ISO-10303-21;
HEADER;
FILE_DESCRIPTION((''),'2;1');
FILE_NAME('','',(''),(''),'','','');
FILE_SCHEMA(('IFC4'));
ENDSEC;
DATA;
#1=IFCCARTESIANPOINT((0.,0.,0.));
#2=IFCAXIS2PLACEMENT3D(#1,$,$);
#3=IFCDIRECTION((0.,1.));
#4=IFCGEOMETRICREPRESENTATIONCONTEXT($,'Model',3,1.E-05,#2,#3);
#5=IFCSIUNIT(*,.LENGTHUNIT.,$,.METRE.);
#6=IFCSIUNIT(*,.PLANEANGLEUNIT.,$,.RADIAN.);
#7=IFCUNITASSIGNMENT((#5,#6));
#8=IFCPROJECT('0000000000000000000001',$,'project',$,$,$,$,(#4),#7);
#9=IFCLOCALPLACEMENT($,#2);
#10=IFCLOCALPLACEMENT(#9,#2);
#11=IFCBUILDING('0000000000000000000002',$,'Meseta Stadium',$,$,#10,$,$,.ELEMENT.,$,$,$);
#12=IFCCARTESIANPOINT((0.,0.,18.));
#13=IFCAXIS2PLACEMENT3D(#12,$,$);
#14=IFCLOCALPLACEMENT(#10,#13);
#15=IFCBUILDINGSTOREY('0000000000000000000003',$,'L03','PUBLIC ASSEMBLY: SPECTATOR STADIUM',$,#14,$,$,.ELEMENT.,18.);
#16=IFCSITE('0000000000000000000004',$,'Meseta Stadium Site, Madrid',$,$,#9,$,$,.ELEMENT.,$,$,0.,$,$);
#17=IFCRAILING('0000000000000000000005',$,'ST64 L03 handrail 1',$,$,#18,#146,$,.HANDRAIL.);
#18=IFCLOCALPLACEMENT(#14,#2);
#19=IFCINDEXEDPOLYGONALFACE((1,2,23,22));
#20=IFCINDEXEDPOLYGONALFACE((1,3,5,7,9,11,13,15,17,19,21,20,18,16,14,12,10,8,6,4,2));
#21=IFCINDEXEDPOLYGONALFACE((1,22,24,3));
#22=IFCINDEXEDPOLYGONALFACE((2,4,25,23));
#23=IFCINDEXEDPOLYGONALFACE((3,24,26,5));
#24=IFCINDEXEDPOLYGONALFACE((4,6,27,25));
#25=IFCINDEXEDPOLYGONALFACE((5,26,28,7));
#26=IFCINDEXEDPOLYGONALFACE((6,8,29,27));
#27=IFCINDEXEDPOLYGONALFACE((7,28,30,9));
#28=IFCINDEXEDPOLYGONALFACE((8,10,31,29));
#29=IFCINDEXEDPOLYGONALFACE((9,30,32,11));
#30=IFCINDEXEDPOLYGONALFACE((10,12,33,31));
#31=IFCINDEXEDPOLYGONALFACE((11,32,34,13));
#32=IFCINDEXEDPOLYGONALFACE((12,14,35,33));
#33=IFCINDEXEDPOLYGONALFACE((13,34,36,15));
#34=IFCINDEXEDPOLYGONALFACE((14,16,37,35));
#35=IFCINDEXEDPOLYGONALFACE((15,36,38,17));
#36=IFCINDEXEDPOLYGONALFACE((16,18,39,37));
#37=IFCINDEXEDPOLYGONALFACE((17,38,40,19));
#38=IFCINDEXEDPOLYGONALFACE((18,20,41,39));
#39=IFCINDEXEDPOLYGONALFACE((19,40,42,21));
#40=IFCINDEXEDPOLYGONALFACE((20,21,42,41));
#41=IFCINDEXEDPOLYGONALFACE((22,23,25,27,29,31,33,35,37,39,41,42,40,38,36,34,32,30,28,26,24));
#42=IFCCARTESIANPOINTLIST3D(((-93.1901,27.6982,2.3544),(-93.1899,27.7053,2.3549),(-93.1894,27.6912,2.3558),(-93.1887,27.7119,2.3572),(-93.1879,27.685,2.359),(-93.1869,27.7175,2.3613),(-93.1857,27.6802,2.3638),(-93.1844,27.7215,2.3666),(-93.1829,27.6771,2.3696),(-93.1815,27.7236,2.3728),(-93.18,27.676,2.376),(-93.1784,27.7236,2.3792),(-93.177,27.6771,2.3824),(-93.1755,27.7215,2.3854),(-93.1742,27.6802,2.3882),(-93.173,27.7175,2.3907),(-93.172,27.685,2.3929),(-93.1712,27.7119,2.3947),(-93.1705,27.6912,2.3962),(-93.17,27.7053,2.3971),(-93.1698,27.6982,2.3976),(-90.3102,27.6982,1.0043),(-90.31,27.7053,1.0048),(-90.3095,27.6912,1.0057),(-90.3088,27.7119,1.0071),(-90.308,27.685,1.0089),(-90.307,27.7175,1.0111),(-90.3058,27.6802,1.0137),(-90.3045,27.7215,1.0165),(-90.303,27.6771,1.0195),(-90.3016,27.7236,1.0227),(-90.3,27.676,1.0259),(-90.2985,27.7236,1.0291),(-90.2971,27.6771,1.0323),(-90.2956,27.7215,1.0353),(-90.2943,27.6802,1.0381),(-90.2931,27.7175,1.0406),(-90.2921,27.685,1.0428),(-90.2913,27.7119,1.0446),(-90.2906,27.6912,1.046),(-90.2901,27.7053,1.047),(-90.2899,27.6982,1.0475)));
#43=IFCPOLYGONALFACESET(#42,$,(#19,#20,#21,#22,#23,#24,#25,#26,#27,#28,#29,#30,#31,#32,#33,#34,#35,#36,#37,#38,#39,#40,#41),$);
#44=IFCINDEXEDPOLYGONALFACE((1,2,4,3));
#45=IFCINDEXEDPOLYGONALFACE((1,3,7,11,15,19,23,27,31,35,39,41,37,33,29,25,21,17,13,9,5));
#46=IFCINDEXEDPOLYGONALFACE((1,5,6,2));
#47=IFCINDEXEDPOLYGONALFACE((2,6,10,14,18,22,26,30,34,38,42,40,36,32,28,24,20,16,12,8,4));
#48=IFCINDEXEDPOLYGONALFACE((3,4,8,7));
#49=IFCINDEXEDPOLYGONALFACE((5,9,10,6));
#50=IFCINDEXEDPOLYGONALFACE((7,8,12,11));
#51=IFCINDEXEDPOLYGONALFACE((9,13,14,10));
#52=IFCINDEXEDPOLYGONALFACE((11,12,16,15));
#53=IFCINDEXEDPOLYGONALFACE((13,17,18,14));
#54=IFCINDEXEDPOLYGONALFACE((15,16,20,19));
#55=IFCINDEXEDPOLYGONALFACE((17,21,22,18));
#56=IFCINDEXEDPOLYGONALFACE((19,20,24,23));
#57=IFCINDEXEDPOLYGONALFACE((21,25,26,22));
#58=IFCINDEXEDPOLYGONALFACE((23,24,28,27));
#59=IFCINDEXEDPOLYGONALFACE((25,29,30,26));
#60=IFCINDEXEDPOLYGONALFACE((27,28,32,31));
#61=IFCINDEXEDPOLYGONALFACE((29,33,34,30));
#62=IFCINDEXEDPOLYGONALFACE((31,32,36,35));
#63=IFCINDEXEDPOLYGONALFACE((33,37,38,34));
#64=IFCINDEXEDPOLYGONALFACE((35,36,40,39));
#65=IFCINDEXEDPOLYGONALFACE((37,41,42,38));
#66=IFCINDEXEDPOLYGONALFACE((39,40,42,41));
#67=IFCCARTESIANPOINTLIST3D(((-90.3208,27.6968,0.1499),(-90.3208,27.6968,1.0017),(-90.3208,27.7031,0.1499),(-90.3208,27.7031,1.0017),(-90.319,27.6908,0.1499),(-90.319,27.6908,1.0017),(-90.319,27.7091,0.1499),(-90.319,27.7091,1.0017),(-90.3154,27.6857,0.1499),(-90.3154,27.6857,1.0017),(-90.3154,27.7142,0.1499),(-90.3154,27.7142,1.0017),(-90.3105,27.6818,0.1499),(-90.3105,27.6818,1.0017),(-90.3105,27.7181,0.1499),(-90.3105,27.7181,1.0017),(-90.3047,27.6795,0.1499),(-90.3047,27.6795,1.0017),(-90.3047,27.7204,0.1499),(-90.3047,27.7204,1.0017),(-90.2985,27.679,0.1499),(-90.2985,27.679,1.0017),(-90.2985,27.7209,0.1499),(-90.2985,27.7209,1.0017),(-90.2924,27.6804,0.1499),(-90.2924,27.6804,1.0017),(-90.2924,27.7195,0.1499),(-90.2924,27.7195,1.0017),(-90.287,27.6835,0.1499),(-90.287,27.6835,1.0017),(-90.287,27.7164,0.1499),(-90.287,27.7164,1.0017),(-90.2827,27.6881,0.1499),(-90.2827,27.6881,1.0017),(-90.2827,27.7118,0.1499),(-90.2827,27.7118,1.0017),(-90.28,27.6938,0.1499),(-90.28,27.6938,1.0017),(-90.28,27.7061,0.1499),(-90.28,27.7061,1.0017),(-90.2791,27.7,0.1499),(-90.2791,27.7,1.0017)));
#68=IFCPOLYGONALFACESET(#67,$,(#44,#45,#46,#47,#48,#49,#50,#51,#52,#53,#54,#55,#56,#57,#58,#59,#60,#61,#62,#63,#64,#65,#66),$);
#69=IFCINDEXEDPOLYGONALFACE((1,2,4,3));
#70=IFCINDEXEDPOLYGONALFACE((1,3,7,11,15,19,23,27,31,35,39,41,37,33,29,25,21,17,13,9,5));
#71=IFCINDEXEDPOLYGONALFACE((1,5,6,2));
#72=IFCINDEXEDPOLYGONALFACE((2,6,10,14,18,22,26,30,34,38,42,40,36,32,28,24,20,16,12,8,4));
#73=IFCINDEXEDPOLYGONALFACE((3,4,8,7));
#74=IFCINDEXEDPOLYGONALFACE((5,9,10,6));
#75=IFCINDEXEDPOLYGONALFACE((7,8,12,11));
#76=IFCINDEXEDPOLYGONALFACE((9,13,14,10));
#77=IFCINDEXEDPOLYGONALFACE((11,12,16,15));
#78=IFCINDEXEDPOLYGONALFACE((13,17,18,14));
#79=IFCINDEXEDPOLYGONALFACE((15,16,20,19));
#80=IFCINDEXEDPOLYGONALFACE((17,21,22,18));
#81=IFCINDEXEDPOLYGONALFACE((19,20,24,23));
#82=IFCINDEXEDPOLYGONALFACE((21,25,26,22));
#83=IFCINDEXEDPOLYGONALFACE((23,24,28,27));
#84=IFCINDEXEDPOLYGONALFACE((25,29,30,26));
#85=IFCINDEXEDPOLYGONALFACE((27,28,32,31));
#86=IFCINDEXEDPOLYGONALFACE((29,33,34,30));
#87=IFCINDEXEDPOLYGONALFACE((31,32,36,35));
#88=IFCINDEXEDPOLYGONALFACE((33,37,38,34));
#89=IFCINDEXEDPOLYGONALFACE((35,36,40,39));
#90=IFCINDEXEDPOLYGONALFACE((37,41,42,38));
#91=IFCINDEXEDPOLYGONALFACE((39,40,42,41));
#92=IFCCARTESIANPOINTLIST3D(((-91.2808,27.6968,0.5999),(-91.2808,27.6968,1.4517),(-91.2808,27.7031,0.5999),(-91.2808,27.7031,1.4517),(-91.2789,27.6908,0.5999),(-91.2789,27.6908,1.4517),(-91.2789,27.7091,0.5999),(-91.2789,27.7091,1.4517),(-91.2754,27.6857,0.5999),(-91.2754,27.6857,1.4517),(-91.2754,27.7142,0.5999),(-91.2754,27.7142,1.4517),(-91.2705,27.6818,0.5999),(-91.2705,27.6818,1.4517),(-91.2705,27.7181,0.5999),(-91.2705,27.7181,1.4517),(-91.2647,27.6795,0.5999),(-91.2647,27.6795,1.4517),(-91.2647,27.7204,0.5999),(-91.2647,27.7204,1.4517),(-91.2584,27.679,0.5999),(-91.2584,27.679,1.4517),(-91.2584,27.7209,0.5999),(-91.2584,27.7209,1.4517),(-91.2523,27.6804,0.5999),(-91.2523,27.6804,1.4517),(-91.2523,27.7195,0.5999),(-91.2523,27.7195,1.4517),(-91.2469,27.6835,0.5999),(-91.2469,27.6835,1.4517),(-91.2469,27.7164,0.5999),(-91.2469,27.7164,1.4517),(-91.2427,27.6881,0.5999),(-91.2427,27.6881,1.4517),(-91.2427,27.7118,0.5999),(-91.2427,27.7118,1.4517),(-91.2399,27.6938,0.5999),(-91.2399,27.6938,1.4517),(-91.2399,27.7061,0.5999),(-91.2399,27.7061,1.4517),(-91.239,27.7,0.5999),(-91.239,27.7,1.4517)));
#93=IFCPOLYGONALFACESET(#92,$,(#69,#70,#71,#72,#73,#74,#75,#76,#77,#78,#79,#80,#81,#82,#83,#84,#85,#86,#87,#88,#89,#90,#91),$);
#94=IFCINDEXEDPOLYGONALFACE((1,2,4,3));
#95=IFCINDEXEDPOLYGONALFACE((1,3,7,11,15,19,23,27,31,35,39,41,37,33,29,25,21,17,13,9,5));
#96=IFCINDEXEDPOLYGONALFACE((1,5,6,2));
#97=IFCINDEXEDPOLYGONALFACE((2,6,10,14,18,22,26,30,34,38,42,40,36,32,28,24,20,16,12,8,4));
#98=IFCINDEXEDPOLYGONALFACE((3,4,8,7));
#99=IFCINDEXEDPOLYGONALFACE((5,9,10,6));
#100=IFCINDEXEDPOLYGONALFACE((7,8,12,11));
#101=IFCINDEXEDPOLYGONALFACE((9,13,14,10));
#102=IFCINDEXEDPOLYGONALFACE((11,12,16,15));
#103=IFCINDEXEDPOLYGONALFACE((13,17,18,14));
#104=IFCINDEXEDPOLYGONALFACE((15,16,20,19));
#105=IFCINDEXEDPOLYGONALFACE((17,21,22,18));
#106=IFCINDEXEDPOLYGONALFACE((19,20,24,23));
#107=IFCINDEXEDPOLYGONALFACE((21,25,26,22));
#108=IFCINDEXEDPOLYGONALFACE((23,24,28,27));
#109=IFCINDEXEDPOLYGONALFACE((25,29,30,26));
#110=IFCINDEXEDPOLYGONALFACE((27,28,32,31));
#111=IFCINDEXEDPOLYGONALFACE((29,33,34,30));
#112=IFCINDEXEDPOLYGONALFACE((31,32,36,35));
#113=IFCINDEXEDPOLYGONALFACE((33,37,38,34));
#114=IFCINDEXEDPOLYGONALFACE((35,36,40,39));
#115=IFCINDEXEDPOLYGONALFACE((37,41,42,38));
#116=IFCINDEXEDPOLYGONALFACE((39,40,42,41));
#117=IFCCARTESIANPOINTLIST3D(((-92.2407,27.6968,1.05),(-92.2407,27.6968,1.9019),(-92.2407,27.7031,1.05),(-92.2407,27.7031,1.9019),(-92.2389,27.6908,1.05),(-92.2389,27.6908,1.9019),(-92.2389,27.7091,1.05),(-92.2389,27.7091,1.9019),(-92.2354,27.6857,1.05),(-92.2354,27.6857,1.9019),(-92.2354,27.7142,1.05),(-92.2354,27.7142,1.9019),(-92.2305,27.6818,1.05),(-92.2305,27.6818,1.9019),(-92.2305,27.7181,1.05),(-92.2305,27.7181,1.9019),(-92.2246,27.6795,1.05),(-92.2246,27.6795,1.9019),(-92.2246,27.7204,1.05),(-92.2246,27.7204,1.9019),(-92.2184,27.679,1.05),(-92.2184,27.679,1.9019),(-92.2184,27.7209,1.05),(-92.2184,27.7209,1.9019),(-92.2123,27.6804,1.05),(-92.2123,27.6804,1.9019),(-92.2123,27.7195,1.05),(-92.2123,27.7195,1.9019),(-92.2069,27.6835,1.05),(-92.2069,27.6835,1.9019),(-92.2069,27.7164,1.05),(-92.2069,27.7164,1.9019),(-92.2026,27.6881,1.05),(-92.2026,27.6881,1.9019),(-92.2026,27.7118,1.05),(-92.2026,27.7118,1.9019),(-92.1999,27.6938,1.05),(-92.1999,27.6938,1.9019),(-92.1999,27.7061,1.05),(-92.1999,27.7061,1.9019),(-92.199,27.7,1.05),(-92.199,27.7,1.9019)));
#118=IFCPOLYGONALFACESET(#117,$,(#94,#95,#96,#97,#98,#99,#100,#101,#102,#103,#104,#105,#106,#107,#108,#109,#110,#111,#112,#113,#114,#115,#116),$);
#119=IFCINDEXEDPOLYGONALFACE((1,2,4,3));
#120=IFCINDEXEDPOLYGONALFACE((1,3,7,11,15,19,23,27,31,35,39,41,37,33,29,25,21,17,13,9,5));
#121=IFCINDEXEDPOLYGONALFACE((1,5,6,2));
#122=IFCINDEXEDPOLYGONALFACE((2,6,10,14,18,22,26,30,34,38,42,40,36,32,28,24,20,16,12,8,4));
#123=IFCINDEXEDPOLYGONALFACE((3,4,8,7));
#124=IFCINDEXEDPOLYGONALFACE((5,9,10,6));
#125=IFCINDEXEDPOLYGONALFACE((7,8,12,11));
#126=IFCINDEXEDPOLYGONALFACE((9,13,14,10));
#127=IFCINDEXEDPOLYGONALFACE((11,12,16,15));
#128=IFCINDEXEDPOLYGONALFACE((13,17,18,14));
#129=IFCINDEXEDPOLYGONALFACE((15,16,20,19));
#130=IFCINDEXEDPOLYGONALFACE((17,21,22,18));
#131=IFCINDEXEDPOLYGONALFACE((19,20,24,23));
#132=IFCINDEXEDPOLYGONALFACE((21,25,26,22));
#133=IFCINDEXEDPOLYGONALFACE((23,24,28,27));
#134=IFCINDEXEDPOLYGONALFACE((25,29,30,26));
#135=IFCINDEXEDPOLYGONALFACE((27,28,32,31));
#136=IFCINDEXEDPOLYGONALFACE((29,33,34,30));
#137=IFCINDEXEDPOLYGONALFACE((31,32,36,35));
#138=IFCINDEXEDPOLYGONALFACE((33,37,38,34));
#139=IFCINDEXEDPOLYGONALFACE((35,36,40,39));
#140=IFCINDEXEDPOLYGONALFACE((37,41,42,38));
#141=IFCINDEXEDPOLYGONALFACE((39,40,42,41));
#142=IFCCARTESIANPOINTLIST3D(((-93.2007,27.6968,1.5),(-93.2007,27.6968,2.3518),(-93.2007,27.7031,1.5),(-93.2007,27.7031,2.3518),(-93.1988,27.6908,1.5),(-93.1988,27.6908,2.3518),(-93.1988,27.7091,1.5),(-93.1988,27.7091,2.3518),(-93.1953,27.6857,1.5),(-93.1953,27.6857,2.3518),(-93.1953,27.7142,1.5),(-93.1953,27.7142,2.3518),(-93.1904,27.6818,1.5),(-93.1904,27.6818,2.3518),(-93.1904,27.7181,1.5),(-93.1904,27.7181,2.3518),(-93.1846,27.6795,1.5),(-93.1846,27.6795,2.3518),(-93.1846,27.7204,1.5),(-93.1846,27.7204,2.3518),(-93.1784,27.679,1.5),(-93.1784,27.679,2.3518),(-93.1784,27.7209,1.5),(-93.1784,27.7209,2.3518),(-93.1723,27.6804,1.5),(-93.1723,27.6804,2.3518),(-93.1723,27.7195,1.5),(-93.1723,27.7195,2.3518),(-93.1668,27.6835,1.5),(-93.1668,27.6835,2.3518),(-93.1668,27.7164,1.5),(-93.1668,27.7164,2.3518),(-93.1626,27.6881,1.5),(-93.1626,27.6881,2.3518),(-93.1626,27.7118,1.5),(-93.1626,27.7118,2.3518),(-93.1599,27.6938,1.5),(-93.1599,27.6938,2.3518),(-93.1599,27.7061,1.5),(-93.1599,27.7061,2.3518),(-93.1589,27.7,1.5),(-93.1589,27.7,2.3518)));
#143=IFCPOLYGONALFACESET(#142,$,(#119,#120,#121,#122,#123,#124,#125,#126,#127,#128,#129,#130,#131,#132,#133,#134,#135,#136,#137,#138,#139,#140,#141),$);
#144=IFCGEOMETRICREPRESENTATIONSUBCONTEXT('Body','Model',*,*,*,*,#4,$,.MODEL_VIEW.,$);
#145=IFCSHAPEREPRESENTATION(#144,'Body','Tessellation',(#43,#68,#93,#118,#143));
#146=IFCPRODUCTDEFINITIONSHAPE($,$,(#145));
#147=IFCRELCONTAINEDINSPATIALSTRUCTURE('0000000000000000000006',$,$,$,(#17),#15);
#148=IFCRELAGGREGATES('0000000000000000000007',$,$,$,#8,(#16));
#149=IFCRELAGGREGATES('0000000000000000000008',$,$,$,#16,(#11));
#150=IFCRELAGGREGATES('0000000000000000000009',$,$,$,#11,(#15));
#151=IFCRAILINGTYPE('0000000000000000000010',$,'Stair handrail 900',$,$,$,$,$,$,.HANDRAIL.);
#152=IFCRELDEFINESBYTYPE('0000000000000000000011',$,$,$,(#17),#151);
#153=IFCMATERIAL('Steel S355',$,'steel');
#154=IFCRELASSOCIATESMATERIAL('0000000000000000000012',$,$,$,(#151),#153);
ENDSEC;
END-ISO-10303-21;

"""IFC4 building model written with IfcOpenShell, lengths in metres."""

from ifc_helpers import new_model, si_unit, direction, frame, origin, origin_2d, place, context, subcontext, project, spatial, circle, extrude, material, type_object, element, save


model = new_model("IFC4")

# Units and contexts
model_context = context("Model", 3, precision=1e-05, world=origin(), true_north=direction((0.0, 1.0)))
body_context = subcontext(model_context, "Body", "Model", "MODEL_VIEW")
ifc_project = project(units=[si_unit("LENGTHUNIT", "METRE"), si_unit("PLANEANGLEUNIT", "RADIAN")], contexts=[model_context])

# Site, building, storey
site_placement = place(None, origin())
site = spatial("IfcSite", under=ifc_project, at=site_placement, Name="Meseta Stadium Site, Madrid", CompositionType="ELEMENT", RefElevation=0.0)
building_placement = place(site_placement, origin())
building = spatial("IfcBuilding", under=site, at=building_placement, Name="Meseta Stadium", CompositionType="ELEMENT")
storey_placement = place(building_placement, frame((0.0, 0.0, 18.0)))
storey = spatial("IfcBuildingStorey", under=building, at=storey_placement, Name="L03", Description="PUBLIC ASSEMBLY: SPECTATOR STADIUM", CompositionType="ELEMENT", Elevation=18.0)

# Railing
ifc_material_1 = material(Name="Steel S355", Category="steel")
railing_type_1 = type_object("IfcRailingType", Name="Stair handrail 900", PredefinedType="HANDRAIL", material=ifc_material_1)
for number, where, name in (
    (1, (-90.3, 27.7, 0.1499), "ST64 L03 handrail 1"),
):
    element("IfcRailing", number, at=place(storey_placement, frame(where)), inside=storey, type_object=railing_type_1, Name=name, PredefinedType="HANDRAIL", context=body_context, shape_type="SweptSolid", body=[
        extrude(circle(Radius=0.0239, at=origin_2d()), frame((0.0, 0.0, 0.876), z_axis=(-0.90544, 0.0, 0.424473), x_axis=(0.0, -1.0, 0.0)), (0.0, 0.0, 1.0), 3.1807),
        extrude(circle(Radius=0.021, at=origin_2d()), origin(), (0.0, 0.0, 1.0), 0.8518),
        extrude(circle(Radius=0.021, at=origin_2d()), frame((-0.96, 0.0, 0.45)), (0.0, 0.0, 1.0), 0.8518),
        extrude(circle(Radius=0.021, at=origin_2d()), frame((-1.9199, 0.0, 0.9001)), (0.0, 0.0, 1.0), 0.8518),
        extrude(circle(Radius=0.021, at=origin_2d()), frame((-2.8799, 0.0, 1.3501)), (0.0, 0.0, 1.0), 0.8518),
    ])

save(model, "model.ifc")
